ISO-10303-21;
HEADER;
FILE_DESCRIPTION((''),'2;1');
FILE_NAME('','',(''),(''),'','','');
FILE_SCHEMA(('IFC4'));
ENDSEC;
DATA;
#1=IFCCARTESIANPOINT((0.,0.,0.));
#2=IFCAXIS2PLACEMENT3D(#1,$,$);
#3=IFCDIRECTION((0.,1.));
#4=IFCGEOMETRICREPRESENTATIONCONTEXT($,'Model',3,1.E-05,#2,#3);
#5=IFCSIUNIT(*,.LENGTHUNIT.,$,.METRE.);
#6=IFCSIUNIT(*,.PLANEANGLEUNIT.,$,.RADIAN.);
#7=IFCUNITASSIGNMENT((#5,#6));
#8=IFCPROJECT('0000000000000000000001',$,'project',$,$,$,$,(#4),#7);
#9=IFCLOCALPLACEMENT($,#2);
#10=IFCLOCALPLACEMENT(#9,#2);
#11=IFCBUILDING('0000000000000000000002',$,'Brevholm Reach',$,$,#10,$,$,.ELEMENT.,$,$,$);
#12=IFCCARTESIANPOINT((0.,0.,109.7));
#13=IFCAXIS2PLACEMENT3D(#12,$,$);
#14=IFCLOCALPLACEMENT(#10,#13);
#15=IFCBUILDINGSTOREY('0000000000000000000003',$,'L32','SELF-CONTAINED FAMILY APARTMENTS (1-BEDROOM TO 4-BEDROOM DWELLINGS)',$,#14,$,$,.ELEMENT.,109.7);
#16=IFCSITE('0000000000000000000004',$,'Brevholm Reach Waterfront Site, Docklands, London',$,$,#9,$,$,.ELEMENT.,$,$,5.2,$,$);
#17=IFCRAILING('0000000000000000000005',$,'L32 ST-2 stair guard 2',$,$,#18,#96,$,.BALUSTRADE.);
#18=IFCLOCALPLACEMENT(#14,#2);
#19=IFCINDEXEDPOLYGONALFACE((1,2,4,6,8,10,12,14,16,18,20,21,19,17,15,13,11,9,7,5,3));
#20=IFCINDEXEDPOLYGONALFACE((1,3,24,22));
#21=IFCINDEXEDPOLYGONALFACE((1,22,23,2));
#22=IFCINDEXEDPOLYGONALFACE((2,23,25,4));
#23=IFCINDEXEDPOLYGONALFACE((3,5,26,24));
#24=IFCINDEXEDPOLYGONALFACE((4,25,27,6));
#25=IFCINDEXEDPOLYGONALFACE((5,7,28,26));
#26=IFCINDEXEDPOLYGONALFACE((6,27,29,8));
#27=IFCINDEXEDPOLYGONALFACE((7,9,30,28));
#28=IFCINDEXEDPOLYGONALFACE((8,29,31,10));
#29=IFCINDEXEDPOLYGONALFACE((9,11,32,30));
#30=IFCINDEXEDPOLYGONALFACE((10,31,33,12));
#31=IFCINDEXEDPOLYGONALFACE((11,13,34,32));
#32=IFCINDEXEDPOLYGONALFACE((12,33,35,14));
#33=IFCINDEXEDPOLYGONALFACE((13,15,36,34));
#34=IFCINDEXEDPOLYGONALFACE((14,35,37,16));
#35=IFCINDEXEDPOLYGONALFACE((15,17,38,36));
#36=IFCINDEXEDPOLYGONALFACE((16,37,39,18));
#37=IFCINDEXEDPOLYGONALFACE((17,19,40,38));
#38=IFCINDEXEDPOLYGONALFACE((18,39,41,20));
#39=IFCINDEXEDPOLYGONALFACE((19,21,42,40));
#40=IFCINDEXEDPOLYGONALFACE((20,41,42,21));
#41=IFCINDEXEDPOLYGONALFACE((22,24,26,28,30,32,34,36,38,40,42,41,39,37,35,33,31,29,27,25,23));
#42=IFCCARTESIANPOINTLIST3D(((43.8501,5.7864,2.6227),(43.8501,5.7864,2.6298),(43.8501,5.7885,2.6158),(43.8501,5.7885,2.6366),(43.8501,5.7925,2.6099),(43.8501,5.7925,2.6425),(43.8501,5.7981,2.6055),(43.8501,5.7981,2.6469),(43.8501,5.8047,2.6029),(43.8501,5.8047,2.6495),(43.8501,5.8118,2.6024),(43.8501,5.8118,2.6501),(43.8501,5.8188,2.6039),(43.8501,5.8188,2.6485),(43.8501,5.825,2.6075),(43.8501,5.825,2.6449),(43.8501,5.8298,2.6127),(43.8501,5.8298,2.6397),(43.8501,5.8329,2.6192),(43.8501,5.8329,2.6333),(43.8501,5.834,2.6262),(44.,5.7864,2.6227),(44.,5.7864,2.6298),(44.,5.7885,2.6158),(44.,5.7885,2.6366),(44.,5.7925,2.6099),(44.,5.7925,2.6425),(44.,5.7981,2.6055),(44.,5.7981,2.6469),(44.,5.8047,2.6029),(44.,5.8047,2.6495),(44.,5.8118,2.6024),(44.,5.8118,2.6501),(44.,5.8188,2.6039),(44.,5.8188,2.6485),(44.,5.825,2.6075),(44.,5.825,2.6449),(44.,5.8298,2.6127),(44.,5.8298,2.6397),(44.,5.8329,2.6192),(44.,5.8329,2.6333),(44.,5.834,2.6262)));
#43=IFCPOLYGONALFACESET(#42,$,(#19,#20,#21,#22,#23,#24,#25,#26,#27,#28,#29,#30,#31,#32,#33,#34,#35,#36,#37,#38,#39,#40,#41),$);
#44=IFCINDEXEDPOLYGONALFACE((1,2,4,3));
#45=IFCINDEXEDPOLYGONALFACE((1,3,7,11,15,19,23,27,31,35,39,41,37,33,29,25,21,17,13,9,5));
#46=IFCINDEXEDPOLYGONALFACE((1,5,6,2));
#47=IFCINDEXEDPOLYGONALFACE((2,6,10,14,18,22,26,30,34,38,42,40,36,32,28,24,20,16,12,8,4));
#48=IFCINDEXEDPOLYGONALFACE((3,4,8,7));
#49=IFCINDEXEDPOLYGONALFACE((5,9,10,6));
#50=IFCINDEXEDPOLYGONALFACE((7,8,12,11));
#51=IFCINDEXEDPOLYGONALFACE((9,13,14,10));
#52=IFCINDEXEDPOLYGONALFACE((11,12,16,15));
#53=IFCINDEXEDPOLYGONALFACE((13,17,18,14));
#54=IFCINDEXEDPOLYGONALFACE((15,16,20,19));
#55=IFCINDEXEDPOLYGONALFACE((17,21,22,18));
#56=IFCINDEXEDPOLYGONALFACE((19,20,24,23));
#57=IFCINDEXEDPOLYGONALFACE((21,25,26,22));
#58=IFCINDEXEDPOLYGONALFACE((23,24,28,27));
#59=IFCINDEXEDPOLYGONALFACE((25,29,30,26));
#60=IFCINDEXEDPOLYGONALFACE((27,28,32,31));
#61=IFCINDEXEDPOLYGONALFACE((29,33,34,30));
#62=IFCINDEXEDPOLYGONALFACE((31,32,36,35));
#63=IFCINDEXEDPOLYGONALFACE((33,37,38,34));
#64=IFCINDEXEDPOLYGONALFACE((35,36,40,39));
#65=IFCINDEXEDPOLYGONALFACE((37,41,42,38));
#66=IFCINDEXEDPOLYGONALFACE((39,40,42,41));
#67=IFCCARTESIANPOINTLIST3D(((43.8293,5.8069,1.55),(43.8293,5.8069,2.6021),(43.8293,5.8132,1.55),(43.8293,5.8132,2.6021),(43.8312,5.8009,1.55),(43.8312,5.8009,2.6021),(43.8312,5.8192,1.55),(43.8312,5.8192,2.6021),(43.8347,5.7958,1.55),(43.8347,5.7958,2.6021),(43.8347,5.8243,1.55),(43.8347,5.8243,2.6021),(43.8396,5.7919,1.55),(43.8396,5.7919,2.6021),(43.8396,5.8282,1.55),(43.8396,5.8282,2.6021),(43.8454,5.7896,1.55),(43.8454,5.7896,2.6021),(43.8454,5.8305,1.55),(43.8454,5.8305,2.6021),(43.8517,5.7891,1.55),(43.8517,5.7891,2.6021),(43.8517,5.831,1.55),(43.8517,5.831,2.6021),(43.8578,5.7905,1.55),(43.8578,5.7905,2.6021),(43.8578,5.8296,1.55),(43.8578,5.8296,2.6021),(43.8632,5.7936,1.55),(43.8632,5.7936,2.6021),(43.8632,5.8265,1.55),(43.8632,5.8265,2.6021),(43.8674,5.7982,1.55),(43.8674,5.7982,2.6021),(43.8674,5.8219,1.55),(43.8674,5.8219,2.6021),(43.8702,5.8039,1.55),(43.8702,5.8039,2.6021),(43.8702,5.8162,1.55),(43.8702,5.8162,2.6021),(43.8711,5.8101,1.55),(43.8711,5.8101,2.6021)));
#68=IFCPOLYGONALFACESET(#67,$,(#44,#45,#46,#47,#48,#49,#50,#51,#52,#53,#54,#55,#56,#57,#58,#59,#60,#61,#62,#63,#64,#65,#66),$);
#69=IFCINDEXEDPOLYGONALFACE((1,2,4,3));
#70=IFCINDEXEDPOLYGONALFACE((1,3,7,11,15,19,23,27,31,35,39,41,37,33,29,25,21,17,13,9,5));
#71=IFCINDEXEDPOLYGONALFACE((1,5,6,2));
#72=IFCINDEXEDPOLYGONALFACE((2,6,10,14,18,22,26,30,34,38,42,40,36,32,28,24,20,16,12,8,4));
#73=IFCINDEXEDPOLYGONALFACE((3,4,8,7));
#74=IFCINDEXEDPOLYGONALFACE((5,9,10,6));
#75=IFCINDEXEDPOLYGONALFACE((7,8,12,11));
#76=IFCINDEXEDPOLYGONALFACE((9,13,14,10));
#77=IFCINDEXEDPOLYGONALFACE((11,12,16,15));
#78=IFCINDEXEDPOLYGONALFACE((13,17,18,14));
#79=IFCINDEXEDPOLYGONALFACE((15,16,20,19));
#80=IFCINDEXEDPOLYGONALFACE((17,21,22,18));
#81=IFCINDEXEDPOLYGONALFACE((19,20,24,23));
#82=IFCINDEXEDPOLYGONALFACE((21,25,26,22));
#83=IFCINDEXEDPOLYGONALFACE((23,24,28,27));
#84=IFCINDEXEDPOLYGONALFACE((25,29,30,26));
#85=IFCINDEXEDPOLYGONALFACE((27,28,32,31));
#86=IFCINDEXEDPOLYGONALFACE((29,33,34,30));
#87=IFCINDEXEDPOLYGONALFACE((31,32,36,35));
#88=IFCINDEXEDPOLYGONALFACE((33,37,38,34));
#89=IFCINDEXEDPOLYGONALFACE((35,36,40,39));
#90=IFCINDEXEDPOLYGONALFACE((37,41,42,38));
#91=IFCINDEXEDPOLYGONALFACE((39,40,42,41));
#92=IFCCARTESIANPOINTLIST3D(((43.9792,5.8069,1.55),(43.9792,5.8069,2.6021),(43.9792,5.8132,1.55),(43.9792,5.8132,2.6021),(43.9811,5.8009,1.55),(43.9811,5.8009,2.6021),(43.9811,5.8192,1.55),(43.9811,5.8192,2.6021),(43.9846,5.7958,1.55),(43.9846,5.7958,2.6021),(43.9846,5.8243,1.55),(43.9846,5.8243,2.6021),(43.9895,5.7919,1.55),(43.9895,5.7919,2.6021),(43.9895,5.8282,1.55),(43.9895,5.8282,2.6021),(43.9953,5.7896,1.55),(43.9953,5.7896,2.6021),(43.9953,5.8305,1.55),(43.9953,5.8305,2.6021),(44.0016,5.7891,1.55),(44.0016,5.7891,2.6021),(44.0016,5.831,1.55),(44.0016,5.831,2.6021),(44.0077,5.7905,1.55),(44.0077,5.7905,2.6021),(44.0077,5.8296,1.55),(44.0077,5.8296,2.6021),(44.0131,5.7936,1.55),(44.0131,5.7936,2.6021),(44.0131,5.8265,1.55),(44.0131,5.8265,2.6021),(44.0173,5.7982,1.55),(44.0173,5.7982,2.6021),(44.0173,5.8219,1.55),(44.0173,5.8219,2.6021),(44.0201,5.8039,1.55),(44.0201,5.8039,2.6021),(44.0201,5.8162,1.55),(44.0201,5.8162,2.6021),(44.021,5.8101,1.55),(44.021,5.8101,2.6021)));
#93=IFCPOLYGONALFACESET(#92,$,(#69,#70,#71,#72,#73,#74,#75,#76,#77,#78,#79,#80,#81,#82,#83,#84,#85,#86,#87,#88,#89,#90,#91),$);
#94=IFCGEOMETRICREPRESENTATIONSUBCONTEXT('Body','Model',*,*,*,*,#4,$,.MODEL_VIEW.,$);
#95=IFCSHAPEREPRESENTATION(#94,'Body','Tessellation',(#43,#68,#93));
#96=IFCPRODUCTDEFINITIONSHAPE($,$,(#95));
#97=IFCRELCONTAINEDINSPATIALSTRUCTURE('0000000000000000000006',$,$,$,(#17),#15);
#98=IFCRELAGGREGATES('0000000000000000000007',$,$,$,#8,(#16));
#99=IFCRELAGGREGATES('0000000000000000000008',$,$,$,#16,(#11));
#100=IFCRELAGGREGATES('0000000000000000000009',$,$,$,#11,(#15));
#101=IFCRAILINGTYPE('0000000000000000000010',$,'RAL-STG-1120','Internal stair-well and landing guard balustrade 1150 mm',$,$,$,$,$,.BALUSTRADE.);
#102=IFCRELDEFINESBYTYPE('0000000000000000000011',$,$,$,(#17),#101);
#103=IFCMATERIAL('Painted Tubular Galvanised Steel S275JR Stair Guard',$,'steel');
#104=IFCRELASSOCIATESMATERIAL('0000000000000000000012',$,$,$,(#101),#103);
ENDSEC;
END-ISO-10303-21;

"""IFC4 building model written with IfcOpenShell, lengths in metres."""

from ifc_helpers import new_model, si_unit, direction, frame, origin, origin_2d, place, context, subcontext, project, spatial, circle, extrude, material, type_object, element, save


model = new_model("IFC4")

# Units and contexts
model_context = context("Model", 3, precision=1e-05, world=origin(), true_north=direction((0.0, 1.0)))
body_context = subcontext(model_context, "Body", "Model", "MODEL_VIEW")
ifc_project = project(units=[si_unit("LENGTHUNIT", "METRE"), si_unit("PLANEANGLEUNIT", "RADIAN")], contexts=[model_context])

# Site, building, storey
site_placement = place(None, origin())
site = spatial("IfcSite", under=ifc_project, at=site_placement, Name="Brevholm Reach Waterfront Site, Docklands, London", CompositionType="ELEMENT", RefElevation=5.2)
building_placement = place(site_placement, origin())
building = spatial("IfcBuilding", under=site, at=building_placement, Name="Brevholm Reach", CompositionType="ELEMENT")
storey_placement = place(building_placement, frame((0.0, 0.0, 109.7)))
storey = spatial("IfcBuildingStorey", under=building, at=storey_placement, Name="L32", Description="SELF-CONTAINED FAMILY APARTMENTS (1-BEDROOM TO 4-BEDROOM DWELLINGS)", CompositionType="ELEMENT", Elevation=109.7)

# Railing
ifc_material_1 = material(Name="Painted Tubular Galvanised Steel S275JR Stair Guard", Category="steel")
railing_type_1 = type_object("IfcRailingType", Name="RAL-STG-1120", Description="Internal stair-well and landing guard balustrade 1150 mm", PredefinedType="BALUSTRADE", material=ifc_material_1)
railing_1_placement = place(storey_placement, frame((43.8501, 5.8101, 1.55)))
element("IfcRailing", 1, at=railing_1_placement, inside=storey, type_object=railing_type_1, Name="L32 ST-2 stair guard 2", PredefinedType="BALUSTRADE", context=body_context, shape_type="SweptSolid", body=[
    extrude(circle(Radius=0.0239, at=origin_2d()), frame((0.0, 0.0, 1.0762), z_axis=(1.0, 0.0, 0.0), x_axis=(0.0, 1.0, 0.0)), (0.0, 0.0, 1.0), 0.1499),
    extrude(circle(Radius=0.021, at=origin_2d()), origin(), (0.0, 0.0, 1.0), 1.052),
    extrude(circle(Radius=0.021, at=origin_2d()), frame((0.1499, 0.0, 0.0)), (0.0, 0.0, 1.0), 1.052),
])

save(model, "model.ifc")
